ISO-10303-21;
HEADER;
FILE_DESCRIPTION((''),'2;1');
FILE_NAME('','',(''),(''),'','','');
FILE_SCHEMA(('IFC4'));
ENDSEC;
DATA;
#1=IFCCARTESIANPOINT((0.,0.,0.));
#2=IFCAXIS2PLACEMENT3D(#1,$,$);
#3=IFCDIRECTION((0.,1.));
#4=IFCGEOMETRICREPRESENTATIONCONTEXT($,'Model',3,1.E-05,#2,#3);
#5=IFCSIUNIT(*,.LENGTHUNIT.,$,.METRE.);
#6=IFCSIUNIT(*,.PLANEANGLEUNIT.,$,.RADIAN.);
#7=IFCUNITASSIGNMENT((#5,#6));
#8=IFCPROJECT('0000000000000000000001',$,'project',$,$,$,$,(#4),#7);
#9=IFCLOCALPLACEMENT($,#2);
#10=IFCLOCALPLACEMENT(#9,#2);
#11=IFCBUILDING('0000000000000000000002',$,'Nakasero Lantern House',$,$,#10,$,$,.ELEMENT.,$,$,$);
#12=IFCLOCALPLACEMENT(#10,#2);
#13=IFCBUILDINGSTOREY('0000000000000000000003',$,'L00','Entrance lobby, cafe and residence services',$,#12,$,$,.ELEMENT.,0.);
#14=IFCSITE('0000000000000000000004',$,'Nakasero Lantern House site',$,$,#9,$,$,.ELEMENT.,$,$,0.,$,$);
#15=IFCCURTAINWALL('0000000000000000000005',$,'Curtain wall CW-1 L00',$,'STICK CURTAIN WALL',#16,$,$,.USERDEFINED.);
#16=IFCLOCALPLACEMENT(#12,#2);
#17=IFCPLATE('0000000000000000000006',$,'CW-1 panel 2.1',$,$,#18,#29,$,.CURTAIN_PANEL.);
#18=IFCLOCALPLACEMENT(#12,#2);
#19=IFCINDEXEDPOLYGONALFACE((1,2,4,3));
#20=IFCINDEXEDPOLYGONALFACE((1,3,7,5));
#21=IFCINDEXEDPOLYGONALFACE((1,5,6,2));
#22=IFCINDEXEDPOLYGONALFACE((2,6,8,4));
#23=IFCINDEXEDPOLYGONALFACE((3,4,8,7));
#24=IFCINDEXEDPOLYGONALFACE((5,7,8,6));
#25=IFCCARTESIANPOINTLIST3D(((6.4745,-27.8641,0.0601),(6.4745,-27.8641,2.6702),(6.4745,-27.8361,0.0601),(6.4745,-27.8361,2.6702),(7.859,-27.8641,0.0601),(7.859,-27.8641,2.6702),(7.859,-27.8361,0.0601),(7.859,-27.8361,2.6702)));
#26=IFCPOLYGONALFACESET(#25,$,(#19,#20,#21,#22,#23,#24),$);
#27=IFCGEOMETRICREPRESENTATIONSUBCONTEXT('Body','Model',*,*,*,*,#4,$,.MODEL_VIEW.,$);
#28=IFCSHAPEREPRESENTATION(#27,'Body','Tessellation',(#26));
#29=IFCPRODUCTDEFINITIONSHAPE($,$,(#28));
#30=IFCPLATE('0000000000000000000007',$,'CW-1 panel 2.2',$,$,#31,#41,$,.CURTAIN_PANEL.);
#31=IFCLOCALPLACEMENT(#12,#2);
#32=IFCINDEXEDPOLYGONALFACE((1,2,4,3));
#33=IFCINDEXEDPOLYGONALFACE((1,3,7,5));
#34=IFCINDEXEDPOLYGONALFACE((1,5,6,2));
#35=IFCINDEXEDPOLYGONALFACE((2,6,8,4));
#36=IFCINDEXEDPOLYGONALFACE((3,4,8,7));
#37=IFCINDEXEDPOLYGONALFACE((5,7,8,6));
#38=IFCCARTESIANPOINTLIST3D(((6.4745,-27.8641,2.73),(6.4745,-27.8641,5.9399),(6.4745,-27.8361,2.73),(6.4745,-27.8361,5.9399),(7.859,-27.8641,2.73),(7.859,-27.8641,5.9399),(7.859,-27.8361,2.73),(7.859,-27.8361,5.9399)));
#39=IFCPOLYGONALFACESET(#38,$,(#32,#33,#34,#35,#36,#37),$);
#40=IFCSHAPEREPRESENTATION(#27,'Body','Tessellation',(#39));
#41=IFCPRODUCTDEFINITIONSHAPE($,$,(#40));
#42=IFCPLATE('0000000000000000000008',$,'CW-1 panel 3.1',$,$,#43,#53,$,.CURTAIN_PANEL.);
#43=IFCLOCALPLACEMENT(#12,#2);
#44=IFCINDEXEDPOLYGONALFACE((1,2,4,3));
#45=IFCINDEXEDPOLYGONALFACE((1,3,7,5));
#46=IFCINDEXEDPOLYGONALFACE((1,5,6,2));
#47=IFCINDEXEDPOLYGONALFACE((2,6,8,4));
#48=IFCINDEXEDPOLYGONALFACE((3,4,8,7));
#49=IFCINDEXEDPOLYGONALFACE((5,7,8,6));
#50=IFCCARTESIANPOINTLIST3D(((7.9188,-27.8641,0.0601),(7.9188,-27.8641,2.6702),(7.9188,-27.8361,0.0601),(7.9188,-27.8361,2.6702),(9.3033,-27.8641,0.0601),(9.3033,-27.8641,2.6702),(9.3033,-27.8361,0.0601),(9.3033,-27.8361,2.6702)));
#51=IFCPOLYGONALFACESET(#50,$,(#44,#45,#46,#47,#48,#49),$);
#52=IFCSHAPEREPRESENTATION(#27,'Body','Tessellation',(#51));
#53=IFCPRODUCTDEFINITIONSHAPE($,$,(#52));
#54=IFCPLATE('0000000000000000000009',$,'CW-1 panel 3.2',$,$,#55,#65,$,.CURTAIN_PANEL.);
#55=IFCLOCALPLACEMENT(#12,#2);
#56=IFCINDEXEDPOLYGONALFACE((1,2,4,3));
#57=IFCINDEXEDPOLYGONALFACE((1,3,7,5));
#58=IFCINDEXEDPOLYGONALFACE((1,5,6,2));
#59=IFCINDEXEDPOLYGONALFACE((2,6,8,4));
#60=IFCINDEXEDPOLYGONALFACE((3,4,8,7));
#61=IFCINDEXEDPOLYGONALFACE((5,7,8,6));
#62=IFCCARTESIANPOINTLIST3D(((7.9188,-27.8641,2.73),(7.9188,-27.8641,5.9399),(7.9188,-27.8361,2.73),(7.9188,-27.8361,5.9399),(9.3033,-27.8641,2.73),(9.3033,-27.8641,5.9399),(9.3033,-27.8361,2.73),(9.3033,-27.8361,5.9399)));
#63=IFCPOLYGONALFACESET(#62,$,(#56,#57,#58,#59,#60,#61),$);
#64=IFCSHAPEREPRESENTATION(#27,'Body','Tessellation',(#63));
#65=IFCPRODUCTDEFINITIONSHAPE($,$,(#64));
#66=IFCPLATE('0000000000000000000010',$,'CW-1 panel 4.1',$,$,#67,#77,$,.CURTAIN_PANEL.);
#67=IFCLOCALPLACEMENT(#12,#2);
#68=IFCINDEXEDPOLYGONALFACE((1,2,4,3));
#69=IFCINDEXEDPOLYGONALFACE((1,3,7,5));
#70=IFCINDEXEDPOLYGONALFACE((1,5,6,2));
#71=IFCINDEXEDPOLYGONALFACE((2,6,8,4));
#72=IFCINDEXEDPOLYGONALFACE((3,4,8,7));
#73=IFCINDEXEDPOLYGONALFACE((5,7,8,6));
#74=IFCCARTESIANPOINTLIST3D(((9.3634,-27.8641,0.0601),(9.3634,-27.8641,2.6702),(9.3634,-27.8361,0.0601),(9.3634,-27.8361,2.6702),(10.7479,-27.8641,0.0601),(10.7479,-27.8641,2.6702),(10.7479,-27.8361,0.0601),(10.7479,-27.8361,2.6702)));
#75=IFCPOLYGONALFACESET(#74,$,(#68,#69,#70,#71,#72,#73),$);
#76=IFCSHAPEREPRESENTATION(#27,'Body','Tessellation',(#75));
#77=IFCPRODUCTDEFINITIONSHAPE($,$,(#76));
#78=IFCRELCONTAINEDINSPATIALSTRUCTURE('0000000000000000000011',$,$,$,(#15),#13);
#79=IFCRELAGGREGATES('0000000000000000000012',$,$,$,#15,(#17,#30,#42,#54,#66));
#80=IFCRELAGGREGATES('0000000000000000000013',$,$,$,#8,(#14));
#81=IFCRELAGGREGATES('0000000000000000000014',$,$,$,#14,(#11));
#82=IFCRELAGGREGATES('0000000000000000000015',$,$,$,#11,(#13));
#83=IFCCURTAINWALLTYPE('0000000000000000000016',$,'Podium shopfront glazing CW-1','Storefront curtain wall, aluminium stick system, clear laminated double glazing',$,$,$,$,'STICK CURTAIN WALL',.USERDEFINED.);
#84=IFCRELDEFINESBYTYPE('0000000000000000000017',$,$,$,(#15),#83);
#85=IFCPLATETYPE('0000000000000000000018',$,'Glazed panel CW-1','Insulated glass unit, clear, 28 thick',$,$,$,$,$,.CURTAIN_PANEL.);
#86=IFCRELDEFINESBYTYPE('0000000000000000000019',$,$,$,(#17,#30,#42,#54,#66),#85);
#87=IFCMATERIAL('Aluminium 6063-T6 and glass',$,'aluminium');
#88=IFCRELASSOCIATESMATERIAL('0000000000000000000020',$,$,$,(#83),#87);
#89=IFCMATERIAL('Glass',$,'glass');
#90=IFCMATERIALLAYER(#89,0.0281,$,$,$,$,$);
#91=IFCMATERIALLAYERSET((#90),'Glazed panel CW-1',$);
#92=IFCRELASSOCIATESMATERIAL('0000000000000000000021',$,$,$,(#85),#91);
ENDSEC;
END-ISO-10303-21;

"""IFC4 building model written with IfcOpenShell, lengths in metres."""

from ifc_helpers import new_model, si_unit, direction, frame, origin, origin_2d, place, context, subcontext, project, spatial, rectangle, extrude, material, layer, layer_set, type_object, element, aggregate, save


model = new_model("IFC4")

# Units and contexts
model_context = context("Model", 3, precision=1e-05, world=origin(), true_north=direction((0.0, 1.0)))
body_context = subcontext(model_context, "Body", "Model", "MODEL_VIEW")
ifc_project = project(units=[si_unit("LENGTHUNIT", "METRE"), si_unit("PLANEANGLEUNIT", "RADIAN")], contexts=[model_context])

# Site, building, storey
site_placement = place(None, origin())
site = spatial("IfcSite", under=ifc_project, at=site_placement, Name="Nakasero Lantern House site", CompositionType="ELEMENT", RefElevation=0.0)
building_placement = place(site_placement, origin())
building = spatial("IfcBuilding", under=site, at=building_placement, Name="Nakasero Lantern House", CompositionType="ELEMENT")
storey_placement = place(building_placement, origin())
storey = spatial("IfcBuildingStorey", under=building, at=storey_placement, Name="L00", Description="Entrance lobby, cafe and residence services", CompositionType="ELEMENT", Elevation=0.0)

# Curtain wall
ifc_material_1 = material(Name="Aluminium 6063-T6 and glass", Category="aluminium")
curtain_wall_type = type_object("IfcCurtainWallType", Name="Podium shopfront glazing CW-1", Description="Storefront curtain wall, aluminium stick system, clear laminated double glazing", ElementType="STICK CURTAIN WALL", PredefinedType="USERDEFINED", material=ifc_material_1)
curtain_wall_1_placement = place(storey_placement, origin())
curtain_wall_1 = element("IfcCurtainWall", 1, at=curtain_wall_1_placement, inside=storey, type_object=curtain_wall_type, Name="Curtain wall CW-1 L00", ObjectType="STICK CURTAIN WALL", PredefinedType="USERDEFINED")

# Plates
ifc_material_2 = material(Name="Glass", Category="glass")
ifc_layer_1 = layer(ifc_material_2, 0.0281)
ifc_layer_set_1 = layer_set([ifc_layer_1], Name="Glazed panel CW-1")
plate_type = type_object("IfcPlateType", Name="Glazed panel CW-1", Description="Insulated glass unit, clear, 28 thick", PredefinedType="CURTAIN_PANEL", material=ifc_layer_set_1)
plate_1_placement = place(storey_placement, frame((7.1667, -27.8501, 0.0601), z_axis=(0.0, 0.0, 1.0), x_axis=(1.0, 0.0, 0.0)))
plate_1 = element("IfcPlate", 2, at=plate_1_placement, type_object=plate_type, Name="CW-1 panel 2.1", PredefinedType="CURTAIN_PANEL", context=body_context, shape_type="SweptSolid", body=[
    extrude(rectangle(XDim=1.3845, YDim=0.0281, at=origin_2d()), origin(), (0.0, 0.0, 1.0), 2.6101),
])
plate_2_placement = place(storey_placement, frame((7.1667, -27.8501, 2.73), z_axis=(0.0, 0.0, 1.0), x_axis=(1.0, 0.0, 0.0)))
plate_2 = element("IfcPlate", 3, at=plate_2_placement, type_object=plate_type, Name="CW-1 panel 2.2", PredefinedType="CURTAIN_PANEL", context=body_context, shape_type="SweptSolid", body=[
    extrude(rectangle(XDim=1.3845, YDim=0.0281, at=origin_2d()), origin(), (0.0, 0.0, 1.0), 3.21),
])
plate_3_placement = place(storey_placement, frame((8.6111, -27.8501, 0.0601), z_axis=(0.0, 0.0, 1.0), x_axis=(1.0, 0.0, 0.0)))
plate_3 = element("IfcPlate", 4, at=plate_3_placement, type_object=plate_type, Name="CW-1 panel 3.1", PredefinedType="CURTAIN_PANEL", context=body_context, shape_type="SweptSolid", body=[
    extrude(rectangle(XDim=1.3845, YDim=0.0281, at=origin_2d()), origin(), (0.0, 0.0, 1.0), 2.6101),
])
plate_4_placement = place(storey_placement, frame((8.6111, -27.8501, 2.73), z_axis=(0.0, 0.0, 1.0), x_axis=(1.0, 0.0, 0.0)))
plate_4 = element("IfcPlate", 5, at=plate_4_placement, type_object=plate_type, Name="CW-1 panel 3.2", PredefinedType="CURTAIN_PANEL", context=body_context, shape_type="SweptSolid", body=[
    extrude(rectangle(XDim=1.3845, YDim=0.0281, at=origin_2d()), origin(), (0.0, 0.0, 1.0), 3.21),
])
plate_5_placement = place(storey_placement, frame((10.0557, -27.8501, 0.0601), z_axis=(0.0, 0.0, 1.0), x_axis=(1.0, 0.0, 0.0)))
plate_5 = element("IfcPlate", 6, at=plate_5_placement, type_object=plate_type, Name="CW-1 panel 4.1", PredefinedType="CURTAIN_PANEL", context=body_context, shape_type="SweptSolid", body=[
    extrude(rectangle(XDim=1.3845, YDim=0.0281, at=origin_2d()), origin(), (0.0, 0.0, 1.0), 2.6101),
])
aggregate(curtain_wall_1, [plate_1, plate_2, plate_3, plate_4, plate_5])

save(model, "model.ifc")
